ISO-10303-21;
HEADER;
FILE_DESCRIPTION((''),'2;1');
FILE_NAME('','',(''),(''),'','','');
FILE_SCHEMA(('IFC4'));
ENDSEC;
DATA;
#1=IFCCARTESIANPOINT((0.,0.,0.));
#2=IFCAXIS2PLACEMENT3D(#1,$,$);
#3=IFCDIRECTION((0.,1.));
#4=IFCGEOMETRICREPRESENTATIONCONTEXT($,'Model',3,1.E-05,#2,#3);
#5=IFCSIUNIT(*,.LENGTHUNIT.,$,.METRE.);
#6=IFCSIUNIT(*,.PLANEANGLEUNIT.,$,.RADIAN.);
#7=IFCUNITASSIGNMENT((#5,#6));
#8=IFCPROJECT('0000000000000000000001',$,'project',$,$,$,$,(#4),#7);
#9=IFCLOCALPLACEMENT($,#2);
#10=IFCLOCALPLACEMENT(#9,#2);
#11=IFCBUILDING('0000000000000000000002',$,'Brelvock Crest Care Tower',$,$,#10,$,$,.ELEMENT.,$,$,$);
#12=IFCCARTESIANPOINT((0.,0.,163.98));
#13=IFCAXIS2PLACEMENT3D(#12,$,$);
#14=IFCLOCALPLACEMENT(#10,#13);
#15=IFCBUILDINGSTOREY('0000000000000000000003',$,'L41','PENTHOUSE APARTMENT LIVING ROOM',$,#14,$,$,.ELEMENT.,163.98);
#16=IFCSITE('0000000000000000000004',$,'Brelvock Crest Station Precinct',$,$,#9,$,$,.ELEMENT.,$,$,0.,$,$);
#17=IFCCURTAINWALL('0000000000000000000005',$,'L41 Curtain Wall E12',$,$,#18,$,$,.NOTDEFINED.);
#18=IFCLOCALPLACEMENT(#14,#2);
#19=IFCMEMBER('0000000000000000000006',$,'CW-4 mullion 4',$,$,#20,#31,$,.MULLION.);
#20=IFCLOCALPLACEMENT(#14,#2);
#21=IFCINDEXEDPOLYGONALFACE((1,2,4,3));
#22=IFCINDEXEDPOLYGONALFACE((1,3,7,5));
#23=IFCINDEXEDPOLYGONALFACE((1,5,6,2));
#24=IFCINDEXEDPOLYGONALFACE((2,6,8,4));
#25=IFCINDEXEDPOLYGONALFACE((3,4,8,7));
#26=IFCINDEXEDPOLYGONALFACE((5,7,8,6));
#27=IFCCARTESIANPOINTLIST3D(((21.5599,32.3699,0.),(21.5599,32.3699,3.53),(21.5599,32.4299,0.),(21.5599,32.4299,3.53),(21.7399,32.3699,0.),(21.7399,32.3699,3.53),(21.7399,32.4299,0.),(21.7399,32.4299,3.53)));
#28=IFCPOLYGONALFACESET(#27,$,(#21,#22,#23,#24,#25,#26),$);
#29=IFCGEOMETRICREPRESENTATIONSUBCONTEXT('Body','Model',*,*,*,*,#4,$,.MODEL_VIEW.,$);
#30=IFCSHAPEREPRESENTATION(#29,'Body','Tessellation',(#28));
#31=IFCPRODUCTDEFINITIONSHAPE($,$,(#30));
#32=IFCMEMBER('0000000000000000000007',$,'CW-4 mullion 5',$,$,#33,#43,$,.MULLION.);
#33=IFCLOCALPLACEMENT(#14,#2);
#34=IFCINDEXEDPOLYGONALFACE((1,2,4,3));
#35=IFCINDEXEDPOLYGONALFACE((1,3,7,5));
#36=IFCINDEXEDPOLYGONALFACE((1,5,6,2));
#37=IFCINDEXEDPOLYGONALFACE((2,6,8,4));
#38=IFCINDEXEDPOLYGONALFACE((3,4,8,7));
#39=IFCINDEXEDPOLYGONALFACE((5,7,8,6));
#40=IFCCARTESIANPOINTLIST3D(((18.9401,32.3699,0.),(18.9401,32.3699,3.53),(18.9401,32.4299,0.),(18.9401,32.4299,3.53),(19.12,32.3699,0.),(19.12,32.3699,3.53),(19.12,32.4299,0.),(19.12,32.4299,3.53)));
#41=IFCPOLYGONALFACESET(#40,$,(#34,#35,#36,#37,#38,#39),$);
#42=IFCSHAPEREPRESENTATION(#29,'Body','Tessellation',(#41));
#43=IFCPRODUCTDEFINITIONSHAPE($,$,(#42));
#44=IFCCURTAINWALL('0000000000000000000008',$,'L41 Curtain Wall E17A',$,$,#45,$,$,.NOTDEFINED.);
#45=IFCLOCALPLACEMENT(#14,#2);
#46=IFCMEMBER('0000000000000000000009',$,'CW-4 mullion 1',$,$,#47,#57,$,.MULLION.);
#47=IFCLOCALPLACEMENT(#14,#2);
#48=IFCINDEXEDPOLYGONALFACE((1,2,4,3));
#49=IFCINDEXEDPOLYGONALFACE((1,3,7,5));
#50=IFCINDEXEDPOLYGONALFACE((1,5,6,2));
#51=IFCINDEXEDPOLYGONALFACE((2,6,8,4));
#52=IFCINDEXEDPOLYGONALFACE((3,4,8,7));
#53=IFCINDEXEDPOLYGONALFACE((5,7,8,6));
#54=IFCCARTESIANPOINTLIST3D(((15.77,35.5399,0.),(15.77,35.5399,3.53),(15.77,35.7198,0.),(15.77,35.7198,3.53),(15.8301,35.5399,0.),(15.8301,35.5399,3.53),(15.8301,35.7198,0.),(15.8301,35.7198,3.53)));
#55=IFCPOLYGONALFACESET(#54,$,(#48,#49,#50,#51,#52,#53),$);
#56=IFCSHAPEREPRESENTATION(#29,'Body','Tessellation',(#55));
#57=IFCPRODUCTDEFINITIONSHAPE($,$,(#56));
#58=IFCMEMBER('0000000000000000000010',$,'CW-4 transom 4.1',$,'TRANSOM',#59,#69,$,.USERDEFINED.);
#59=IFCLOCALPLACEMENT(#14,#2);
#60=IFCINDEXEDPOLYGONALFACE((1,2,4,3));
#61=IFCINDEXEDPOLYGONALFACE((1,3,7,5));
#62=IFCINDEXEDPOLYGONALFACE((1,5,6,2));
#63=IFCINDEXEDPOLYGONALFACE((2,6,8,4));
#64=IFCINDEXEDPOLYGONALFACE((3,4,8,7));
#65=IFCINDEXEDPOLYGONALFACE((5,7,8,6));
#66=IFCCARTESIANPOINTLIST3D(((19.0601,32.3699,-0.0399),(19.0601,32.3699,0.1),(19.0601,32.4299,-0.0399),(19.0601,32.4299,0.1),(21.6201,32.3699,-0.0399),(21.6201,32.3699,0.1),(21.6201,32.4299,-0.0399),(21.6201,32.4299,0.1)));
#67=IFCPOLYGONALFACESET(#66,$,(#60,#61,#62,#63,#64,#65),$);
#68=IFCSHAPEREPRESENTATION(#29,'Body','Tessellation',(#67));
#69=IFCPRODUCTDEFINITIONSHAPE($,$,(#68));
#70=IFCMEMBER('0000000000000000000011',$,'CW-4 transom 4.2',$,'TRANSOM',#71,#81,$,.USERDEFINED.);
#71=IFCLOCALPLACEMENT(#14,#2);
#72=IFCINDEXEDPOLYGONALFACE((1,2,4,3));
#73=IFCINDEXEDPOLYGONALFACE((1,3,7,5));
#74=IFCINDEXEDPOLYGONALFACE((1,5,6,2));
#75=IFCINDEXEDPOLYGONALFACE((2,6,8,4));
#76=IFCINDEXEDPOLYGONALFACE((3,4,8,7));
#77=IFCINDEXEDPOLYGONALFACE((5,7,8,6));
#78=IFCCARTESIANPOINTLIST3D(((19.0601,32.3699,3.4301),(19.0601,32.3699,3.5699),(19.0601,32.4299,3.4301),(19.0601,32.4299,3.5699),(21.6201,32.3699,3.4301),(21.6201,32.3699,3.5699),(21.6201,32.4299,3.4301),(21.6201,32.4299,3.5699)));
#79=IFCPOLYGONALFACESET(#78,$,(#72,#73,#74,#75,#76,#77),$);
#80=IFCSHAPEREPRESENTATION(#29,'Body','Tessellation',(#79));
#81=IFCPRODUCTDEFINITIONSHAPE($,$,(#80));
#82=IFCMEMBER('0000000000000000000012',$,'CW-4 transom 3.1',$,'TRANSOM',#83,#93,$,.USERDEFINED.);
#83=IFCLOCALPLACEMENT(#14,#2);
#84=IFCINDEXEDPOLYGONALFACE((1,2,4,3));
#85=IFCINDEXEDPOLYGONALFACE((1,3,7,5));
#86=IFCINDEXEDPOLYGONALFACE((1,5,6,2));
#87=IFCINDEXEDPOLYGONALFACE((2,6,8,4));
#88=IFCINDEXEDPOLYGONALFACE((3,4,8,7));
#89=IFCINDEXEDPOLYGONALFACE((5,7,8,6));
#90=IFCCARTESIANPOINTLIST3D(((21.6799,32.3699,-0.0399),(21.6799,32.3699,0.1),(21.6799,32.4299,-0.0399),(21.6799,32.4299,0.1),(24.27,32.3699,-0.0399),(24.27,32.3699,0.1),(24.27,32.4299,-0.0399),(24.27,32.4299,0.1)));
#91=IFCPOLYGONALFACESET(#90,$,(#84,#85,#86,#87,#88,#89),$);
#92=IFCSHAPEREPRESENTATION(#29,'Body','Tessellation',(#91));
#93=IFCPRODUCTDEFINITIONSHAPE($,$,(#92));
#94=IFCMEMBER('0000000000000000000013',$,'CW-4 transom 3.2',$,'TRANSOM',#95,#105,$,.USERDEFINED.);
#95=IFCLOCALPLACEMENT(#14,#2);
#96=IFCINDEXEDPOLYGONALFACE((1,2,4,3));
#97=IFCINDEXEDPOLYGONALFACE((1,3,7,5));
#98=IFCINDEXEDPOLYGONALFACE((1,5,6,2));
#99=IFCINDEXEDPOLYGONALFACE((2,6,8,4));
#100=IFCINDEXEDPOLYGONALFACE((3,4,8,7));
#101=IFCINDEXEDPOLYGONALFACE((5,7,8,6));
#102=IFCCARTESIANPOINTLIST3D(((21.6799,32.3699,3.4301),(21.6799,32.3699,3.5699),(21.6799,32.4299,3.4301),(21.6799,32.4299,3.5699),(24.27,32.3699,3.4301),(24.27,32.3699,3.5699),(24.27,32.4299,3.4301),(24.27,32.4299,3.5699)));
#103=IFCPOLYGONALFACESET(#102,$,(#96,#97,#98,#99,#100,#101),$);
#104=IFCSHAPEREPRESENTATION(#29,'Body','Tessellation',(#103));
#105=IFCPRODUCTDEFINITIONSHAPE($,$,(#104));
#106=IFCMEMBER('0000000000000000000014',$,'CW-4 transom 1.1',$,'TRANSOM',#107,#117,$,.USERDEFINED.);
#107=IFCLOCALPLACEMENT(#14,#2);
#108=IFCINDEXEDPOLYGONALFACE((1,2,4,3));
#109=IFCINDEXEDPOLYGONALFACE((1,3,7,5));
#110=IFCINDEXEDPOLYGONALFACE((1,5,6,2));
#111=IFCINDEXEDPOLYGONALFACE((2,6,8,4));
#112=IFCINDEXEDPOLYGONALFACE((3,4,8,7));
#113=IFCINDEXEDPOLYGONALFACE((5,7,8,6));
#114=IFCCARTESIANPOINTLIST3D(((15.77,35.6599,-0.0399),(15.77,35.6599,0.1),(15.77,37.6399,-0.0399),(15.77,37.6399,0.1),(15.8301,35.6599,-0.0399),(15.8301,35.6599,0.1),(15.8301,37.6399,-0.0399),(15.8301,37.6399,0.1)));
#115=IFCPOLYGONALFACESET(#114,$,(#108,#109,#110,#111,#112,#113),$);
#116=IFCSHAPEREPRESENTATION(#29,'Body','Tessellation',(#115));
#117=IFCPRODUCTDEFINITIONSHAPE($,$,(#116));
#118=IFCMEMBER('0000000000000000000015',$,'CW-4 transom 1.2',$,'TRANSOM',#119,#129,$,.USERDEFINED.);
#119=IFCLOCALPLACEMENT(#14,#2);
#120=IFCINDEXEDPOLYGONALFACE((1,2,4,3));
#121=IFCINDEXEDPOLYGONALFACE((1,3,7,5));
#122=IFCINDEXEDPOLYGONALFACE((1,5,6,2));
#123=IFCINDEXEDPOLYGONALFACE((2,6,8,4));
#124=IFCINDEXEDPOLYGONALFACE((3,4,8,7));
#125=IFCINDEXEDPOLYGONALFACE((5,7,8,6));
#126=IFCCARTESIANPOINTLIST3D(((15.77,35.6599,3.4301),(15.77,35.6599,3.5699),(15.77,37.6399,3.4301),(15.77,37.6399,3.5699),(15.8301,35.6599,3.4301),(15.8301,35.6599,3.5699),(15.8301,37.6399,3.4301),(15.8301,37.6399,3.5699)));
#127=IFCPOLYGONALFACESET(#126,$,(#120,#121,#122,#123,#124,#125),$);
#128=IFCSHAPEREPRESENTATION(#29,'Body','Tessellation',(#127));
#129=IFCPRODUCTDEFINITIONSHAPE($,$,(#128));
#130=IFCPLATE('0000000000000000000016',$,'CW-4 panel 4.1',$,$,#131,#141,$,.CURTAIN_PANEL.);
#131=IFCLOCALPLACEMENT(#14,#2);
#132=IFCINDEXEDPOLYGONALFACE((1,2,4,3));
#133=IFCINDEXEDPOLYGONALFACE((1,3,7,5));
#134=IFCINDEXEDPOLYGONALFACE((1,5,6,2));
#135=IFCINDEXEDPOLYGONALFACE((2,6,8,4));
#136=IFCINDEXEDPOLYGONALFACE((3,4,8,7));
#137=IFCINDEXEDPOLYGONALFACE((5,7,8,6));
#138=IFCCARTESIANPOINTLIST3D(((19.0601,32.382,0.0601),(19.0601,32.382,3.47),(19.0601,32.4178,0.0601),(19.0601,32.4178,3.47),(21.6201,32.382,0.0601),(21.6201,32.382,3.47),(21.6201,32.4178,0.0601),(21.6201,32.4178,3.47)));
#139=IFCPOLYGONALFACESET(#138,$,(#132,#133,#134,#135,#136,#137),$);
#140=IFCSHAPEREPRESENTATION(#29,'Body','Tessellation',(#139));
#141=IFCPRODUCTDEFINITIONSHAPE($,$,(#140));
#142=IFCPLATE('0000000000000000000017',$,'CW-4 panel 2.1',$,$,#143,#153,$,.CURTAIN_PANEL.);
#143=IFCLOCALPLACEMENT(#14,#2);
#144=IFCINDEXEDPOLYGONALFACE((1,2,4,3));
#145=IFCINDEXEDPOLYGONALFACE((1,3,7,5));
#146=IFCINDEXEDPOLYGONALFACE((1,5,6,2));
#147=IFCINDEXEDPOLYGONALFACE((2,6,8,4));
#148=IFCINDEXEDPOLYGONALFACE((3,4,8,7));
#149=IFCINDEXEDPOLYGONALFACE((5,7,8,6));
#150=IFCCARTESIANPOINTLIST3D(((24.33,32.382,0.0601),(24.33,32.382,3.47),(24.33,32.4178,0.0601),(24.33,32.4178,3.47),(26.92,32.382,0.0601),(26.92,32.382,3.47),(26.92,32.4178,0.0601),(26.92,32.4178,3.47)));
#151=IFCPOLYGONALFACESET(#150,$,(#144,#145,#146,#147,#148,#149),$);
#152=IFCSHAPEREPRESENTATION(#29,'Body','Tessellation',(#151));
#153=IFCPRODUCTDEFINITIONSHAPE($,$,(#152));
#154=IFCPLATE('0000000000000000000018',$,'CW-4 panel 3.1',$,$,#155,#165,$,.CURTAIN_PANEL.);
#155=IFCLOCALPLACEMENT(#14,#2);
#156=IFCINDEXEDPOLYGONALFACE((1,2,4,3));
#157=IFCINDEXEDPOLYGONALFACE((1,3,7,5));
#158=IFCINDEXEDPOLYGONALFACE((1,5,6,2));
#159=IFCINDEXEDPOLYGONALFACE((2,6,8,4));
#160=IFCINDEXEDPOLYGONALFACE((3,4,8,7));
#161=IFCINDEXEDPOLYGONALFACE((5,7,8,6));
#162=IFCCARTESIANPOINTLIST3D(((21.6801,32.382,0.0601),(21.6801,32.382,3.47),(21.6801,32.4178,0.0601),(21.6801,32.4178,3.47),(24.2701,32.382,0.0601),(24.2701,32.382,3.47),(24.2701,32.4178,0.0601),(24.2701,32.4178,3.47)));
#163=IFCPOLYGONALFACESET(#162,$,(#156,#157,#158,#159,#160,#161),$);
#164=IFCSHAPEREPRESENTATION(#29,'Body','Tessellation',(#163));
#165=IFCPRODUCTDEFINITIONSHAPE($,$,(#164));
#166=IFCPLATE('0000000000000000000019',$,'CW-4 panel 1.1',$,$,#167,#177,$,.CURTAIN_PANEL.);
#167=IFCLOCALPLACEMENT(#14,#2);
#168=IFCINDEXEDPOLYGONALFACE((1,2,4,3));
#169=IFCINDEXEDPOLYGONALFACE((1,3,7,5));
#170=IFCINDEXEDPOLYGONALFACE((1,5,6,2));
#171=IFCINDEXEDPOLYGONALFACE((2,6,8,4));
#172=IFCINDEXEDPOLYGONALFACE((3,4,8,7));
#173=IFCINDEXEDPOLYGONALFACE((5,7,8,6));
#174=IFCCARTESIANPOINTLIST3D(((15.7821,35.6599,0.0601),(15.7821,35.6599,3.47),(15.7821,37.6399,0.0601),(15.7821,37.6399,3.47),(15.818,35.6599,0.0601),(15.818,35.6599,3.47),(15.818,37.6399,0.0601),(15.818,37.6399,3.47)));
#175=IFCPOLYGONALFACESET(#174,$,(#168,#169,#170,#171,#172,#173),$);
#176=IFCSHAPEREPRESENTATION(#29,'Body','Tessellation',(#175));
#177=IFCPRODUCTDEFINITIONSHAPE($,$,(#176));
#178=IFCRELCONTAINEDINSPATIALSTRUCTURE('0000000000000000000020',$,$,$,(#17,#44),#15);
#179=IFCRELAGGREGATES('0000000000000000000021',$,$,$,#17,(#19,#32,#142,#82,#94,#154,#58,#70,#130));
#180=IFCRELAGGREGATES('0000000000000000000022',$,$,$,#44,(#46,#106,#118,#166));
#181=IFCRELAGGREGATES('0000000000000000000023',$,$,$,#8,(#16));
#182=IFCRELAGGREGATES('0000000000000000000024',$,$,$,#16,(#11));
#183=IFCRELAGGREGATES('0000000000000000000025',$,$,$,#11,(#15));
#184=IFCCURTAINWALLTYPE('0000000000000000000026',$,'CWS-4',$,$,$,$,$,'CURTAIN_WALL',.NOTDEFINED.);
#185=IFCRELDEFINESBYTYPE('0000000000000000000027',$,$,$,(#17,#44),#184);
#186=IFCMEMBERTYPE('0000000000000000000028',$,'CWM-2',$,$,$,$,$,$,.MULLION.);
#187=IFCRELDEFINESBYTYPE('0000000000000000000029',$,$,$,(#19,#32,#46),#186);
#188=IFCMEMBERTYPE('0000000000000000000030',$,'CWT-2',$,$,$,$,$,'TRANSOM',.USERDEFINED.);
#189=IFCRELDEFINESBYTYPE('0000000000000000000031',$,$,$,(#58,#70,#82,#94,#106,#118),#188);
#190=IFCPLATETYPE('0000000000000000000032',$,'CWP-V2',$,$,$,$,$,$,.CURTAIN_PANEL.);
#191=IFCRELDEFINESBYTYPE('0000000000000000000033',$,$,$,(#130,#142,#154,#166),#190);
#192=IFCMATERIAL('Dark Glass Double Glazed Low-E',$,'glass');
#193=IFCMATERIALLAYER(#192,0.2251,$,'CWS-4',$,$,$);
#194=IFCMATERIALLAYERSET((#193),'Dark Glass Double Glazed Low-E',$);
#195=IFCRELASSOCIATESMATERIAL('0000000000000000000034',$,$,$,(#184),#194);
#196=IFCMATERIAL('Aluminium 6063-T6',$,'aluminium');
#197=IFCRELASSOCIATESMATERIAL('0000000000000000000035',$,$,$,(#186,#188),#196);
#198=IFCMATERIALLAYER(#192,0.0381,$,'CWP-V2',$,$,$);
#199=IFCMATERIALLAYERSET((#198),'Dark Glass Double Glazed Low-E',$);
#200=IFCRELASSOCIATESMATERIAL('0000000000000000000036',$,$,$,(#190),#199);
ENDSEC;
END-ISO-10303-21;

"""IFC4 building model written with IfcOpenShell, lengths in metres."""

from ifc_helpers import new_model, si_unit, direction, frame, origin, origin_2d, place, context, subcontext, project, spatial, rectangle, extrude, source, transform, mapped, material, layer, layer_set, material_profile, profile_set, type_object, element, aggregate, save


model = new_model("IFC4")

# Units and contexts
model_context = context("Model", 3, precision=1e-05, world=origin(), true_north=direction((0.0, 1.0)))
body_context = subcontext(model_context, "Body", "Model", "MODEL_VIEW")
ifc_project = project(units=[si_unit("LENGTHUNIT", "METRE"), si_unit("PLANEANGLEUNIT", "RADIAN")], contexts=[model_context])

# Site, building, storey
site_placement = place(None, origin())
site = spatial("IfcSite", under=ifc_project, at=site_placement, Name="Brelvock Crest Station Precinct", CompositionType="ELEMENT", RefElevation=0.0)
building_placement = place(site_placement, origin())
building = spatial("IfcBuilding", under=site, at=building_placement, Name="Brelvock Crest Care Tower", CompositionType="ELEMENT")
storey_placement = place(building_placement, frame((0.0, 0.0, 163.98)))
storey = spatial("IfcBuildingStorey", under=building, at=storey_placement, Name="L41", Description="PENTHOUSE APARTMENT LIVING ROOM", CompositionType="ELEMENT", Elevation=163.98)

# Curtain wall, members
ifc_material_1 = material(Name="Dark Glass Double Glazed Low-E", Category="glass")
ifc_layer_1 = layer(ifc_material_1, 0.2251, Name="CWS-4")
ifc_layer_set_1 = layer_set([ifc_layer_1], Name="Dark Glass Double Glazed Low-E")
curtain_wall_type = type_object("IfcCurtainWallType", Name="CWS-4", ElementType="CURTAIN_WALL", PredefinedType="NOTDEFINED", material=ifc_layer_set_1)
curtain_wall_1_placement = place(storey_placement, origin())
curtain_wall_1 = element("IfcCurtainWall", 1, at=curtain_wall_1_placement, inside=storey, type_object=curtain_wall_type, Name="L41 Curtain Wall E12", PredefinedType="NOTDEFINED")
ifc_material_2 = material(Name="Aluminium 6063-T6", Category="aluminium")
ifc_material_profile_1 = material_profile(ifc_material_2, rectangle(XDim=0.0601, YDim=0.1799, at=origin_2d()), Name="ALU60x180")
ifc_profile_set_1 = profile_set([ifc_material_profile_1], Name="Aluminium 6063-T6")
member_type_1 = type_object("IfcMemberType", Name="CWM-2", PredefinedType="MULLION", material=ifc_profile_set_1)
shared_shape_1 = source(origin(), body_context, "Body", "SweptSolid", [
    extrude(rectangle(XDim=0.0601, YDim=0.1799, at=origin_2d()), origin(), (0.0, 0.0, 1.0), 3.53),
])
member_1_placement = place(storey_placement, frame((21.6499, 32.3999, 0.0), z_axis=(0.0, 0.0, 1.0), x_axis=(0.0, -1.0, 0.0)))
member_1 = element("IfcMember", 2, at=member_1_placement, type_object=member_type_1, Name="CW-4 mullion 4", PredefinedType="MULLION", context=body_context, shape_type="MappedRepresentation", body=[
    mapped(shared_shape_1, transform((0.0, 0.0, 0.0), x_axis=(1.0, 0.0, 0.0), y_axis=(0.0, 1.0, 0.0), z_axis=(0.0, 0.0, 1.0), scale=1.0)),
])
member_2_placement = place(storey_placement, frame((19.03, 32.3999, 0.0), z_axis=(0.0, 0.0, 1.0), x_axis=(0.0, -1.0, 0.0)))
member_2 = element("IfcMember", 3, at=member_2_placement, type_object=member_type_1, Name="CW-4 mullion 5", PredefinedType="MULLION", context=body_context, shape_type="MappedRepresentation", body=[
    mapped(shared_shape_1, transform((0.0, 0.0, 0.0), x_axis=(1.0, 0.0, 0.0), y_axis=(0.0, 1.0, 0.0), z_axis=(0.0, 0.0, 1.0), scale=1.0)),
])

# Curtain wall, member
curtain_wall_2_placement = place(storey_placement, origin())
curtain_wall_2 = element("IfcCurtainWall", 4, at=curtain_wall_2_placement, inside=storey, type_object=curtain_wall_type, Name="L41 Curtain Wall E17A", PredefinedType="NOTDEFINED")
member_3_placement = place(storey_placement, frame((15.8, 35.6299, 0.0), z_axis=(0.0, 0.0, 1.0), x_axis=(-1.0, 0.0, 0.0)))
member_3 = element("IfcMember", 5, at=member_3_placement, type_object=member_type_1, Name="CW-4 mullion 1", PredefinedType="MULLION", context=body_context, shape_type="MappedRepresentation", body=[
    mapped(shared_shape_1, transform((0.0, 0.0, 0.0), x_axis=(1.0, 0.0, 0.0), y_axis=(0.0, 1.0, 0.0), z_axis=(0.0, 0.0, 1.0), scale=1.0)),
])

# Members
ifc_material_profile_2 = material_profile(ifc_material_2, rectangle(XDim=0.0601, YDim=0.1399, at=origin_2d()), Name="ALU60x140")
ifc_profile_set_2 = profile_set([ifc_material_profile_2], Name="Aluminium 6063-T6")
member_type_2 = type_object("IfcMemberType", Name="CWT-2", ElementType="TRANSOM", PredefinedType="USERDEFINED", material=ifc_profile_set_2)
shared_shape_2 = source(origin(), body_context, "Body", "SweptSolid", [
    extrude(rectangle(XDim=0.0601, YDim=0.1399, at=origin_2d()), origin(), (0.0, 0.0, 1.0), 2.5601),
])
member_4_placement = place(storey_placement, frame((21.6201, 32.3999, 0.03), z_axis=(-1.0, 0.0, 0.0), x_axis=(0.0, -1.0, 0.0)))
member_4 = element("IfcMember", 6, at=member_4_placement, type_object=member_type_2, Name="CW-4 transom 4.1", ObjectType="TRANSOM", PredefinedType="USERDEFINED", context=body_context, shape_type="MappedRepresentation", body=[
    mapped(shared_shape_2, transform((0.0, 0.0, 0.0), x_axis=(1.0, 0.0, 0.0), y_axis=(0.0, 1.0, 0.0), z_axis=(0.0, 0.0, 1.0), scale=1.0)),
])
member_5_placement = place(storey_placement, frame((21.6201, 32.3999, 3.5), z_axis=(-1.0, 0.0, 0.0), x_axis=(0.0, -1.0, 0.0)))
member_5 = element("IfcMember", 7, at=member_5_placement, type_object=member_type_2, Name="CW-4 transom 4.2", ObjectType="TRANSOM", PredefinedType="USERDEFINED", context=body_context, shape_type="MappedRepresentation", body=[
    mapped(shared_shape_2, transform((0.0, 0.0, 0.0), x_axis=(1.0, 0.0, 0.0), y_axis=(0.0, 1.0, 0.0), z_axis=(0.0, 0.0, 1.0), scale=1.0)),
])
shared_shape_3 = source(origin(), body_context, "Body", "SweptSolid", [
    extrude(rectangle(XDim=0.0601, YDim=0.1399, at=origin_2d()), origin(), (0.0, 0.0, 1.0), 2.5901),
])
member_6_placement = place(storey_placement, frame((24.27, 32.3999, 0.03), z_axis=(-1.0, 0.0, 0.0), x_axis=(0.0, -1.0, 0.0)))
member_6 = element("IfcMember", 8, at=member_6_placement, type_object=member_type_2, Name="CW-4 transom 3.1", ObjectType="TRANSOM", PredefinedType="USERDEFINED", context=body_context, shape_type="MappedRepresentation", body=[
    mapped(shared_shape_3, transform((0.0, 0.0, 0.0), x_axis=(1.0, 0.0, 0.0), y_axis=(0.0, 1.0, 0.0), z_axis=(0.0, 0.0, 1.0), scale=1.0)),
])
member_7_placement = place(storey_placement, frame((24.27, 32.3999, 3.5), z_axis=(-1.0, 0.0, 0.0), x_axis=(0.0, -1.0, 0.0)))
member_7 = element("IfcMember", 9, at=member_7_placement, type_object=member_type_2, Name="CW-4 transom 3.2", ObjectType="TRANSOM", PredefinedType="USERDEFINED", context=body_context, shape_type="MappedRepresentation", body=[
    mapped(shared_shape_3, transform((0.0, 0.0, 0.0), x_axis=(1.0, 0.0, 0.0), y_axis=(0.0, 1.0, 0.0), z_axis=(0.0, 0.0, 1.0), scale=1.0)),
])
shared_shape_4 = source(origin(), body_context, "Body", "SweptSolid", [
    extrude(rectangle(XDim=0.0601, YDim=0.1399, at=origin_2d()), origin(), (0.0, 0.0, 1.0), 1.98),
])
member_8_placement = place(storey_placement, frame((15.8, 35.6599, 0.03), z_axis=(0.0, 1.0, 0.0), x_axis=(-1.0, 0.0, 0.0)))
member_8 = element("IfcMember", 10, at=member_8_placement, type_object=member_type_2, Name="CW-4 transom 1.1", ObjectType="TRANSOM", PredefinedType="USERDEFINED", context=body_context, shape_type="MappedRepresentation", body=[
    mapped(shared_shape_4, transform((0.0, 0.0, 0.0), x_axis=(1.0, 0.0, 0.0), y_axis=(0.0, 1.0, 0.0), z_axis=(0.0, 0.0, 1.0), scale=1.0)),
])
member_9_placement = place(storey_placement, frame((15.8, 35.6599, 3.5), z_axis=(0.0, 1.0, 0.0), x_axis=(-1.0, 0.0, 0.0)))
member_9 = element("IfcMember", 11, at=member_9_placement, type_object=member_type_2, Name="CW-4 transom 1.2", ObjectType="TRANSOM", PredefinedType="USERDEFINED", context=body_context, shape_type="MappedRepresentation", body=[
    mapped(shared_shape_4, transform((0.0, 0.0, 0.0), x_axis=(1.0, 0.0, 0.0), y_axis=(0.0, 1.0, 0.0), z_axis=(0.0, 0.0, 1.0), scale=1.0)),
])

# Plates
ifc_layer_2 = layer(ifc_material_1, 0.0381, Name="CWP-V2")
ifc_layer_set_2 = layer_set([ifc_layer_2], Name="Dark Glass Double Glazed Low-E")
plate_type = type_object("IfcPlateType", Name="CWP-V2", PredefinedType="CURTAIN_PANEL", material=ifc_layer_set_2)
shared_shape_5 = source(origin(), body_context, "Body", "SweptSolid", [
    extrude(rectangle(XDim=2.5601, YDim=0.0359, at=origin_2d()), origin(), (0.0, 0.0, 1.0), 3.4099),
])
plate_1_placement = place(storey_placement, frame((20.3401, 32.3999, 0.0601), z_axis=(0.0, 0.0, 1.0), x_axis=(-1.0, 0.0, 0.0)))
plate_1 = element("IfcPlate", 12, at=plate_1_placement, type_object=plate_type, Name="CW-4 panel 4.1", PredefinedType="CURTAIN_PANEL", context=body_context, shape_type="MappedRepresentation", body=[
    mapped(shared_shape_5, transform((0.0, 0.0, 0.0), x_axis=(1.0, 0.0, 0.0), y_axis=(0.0, 1.0, 0.0), z_axis=(0.0, 0.0, 1.0), scale=1.0)),
])
shared_shape_6 = source(origin(), body_context, "Body", "SweptSolid", [
    extrude(rectangle(XDim=2.5901, YDim=0.0359, at=origin_2d()), origin(), (0.0, 0.0, 1.0), 3.4099),
])
plate_2_placement = place(storey_placement, frame((25.625, 32.3999, 0.0601), z_axis=(0.0, 0.0, 1.0), x_axis=(-1.0, 0.0, 0.0)))
plate_2 = element("IfcPlate", 13, at=plate_2_placement, type_object=plate_type, Name="CW-4 panel 2.1", PredefinedType="CURTAIN_PANEL", context=body_context, shape_type="MappedRepresentation", body=[
    mapped(shared_shape_6, transform((0.0, 0.0, 0.0), x_axis=(1.0, 0.0, 0.0), y_axis=(0.0, 1.0, 0.0), z_axis=(0.0, 0.0, 1.0), scale=1.0)),
])
plate_3_placement = place(storey_placement, frame((22.9751, 32.3999, 0.0601), z_axis=(0.0, 0.0, 1.0), x_axis=(-1.0, 0.0, 0.0)))
plate_3 = element("IfcPlate", 14, at=plate_3_placement, type_object=plate_type, Name="CW-4 panel 3.1", PredefinedType="CURTAIN_PANEL", context=body_context, shape_type="MappedRepresentation", body=[
    mapped(shared_shape_6, transform((0.0, 0.0, 0.0), x_axis=(1.0, 0.0, 0.0), y_axis=(0.0, 1.0, 0.0), z_axis=(0.0, 0.0, 1.0), scale=1.0)),
])
aggregate(curtain_wall_1, [member_1, member_2, plate_2, member_6, member_7, plate_3, member_4, member_5, plate_1])
shared_shape_7 = source(origin(), body_context, "Body", "SweptSolid", [
    extrude(rectangle(XDim=1.98, YDim=0.0359, at=origin_2d()), origin(), (0.0, 0.0, 1.0), 3.4099),
])
plate_4_placement = place(storey_placement, frame((15.8, 36.6499, 0.0601), z_axis=(0.0, 0.0, 1.0), x_axis=(0.0, 1.0, 0.0)))
plate_4 = element("IfcPlate", 15, at=plate_4_placement, type_object=plate_type, Name="CW-4 panel 1.1", PredefinedType="CURTAIN_PANEL", context=body_context, shape_type="MappedRepresentation", body=[
    mapped(shared_shape_7, transform((0.0, 0.0, 0.0), x_axis=(1.0, 0.0, 0.0), y_axis=(0.0, 1.0, 0.0), z_axis=(0.0, 0.0, 1.0), scale=1.0)),
])
aggregate(curtain_wall_2, [member_3, member_8, member_9, plate_4])

save(model, "model.ifc")
